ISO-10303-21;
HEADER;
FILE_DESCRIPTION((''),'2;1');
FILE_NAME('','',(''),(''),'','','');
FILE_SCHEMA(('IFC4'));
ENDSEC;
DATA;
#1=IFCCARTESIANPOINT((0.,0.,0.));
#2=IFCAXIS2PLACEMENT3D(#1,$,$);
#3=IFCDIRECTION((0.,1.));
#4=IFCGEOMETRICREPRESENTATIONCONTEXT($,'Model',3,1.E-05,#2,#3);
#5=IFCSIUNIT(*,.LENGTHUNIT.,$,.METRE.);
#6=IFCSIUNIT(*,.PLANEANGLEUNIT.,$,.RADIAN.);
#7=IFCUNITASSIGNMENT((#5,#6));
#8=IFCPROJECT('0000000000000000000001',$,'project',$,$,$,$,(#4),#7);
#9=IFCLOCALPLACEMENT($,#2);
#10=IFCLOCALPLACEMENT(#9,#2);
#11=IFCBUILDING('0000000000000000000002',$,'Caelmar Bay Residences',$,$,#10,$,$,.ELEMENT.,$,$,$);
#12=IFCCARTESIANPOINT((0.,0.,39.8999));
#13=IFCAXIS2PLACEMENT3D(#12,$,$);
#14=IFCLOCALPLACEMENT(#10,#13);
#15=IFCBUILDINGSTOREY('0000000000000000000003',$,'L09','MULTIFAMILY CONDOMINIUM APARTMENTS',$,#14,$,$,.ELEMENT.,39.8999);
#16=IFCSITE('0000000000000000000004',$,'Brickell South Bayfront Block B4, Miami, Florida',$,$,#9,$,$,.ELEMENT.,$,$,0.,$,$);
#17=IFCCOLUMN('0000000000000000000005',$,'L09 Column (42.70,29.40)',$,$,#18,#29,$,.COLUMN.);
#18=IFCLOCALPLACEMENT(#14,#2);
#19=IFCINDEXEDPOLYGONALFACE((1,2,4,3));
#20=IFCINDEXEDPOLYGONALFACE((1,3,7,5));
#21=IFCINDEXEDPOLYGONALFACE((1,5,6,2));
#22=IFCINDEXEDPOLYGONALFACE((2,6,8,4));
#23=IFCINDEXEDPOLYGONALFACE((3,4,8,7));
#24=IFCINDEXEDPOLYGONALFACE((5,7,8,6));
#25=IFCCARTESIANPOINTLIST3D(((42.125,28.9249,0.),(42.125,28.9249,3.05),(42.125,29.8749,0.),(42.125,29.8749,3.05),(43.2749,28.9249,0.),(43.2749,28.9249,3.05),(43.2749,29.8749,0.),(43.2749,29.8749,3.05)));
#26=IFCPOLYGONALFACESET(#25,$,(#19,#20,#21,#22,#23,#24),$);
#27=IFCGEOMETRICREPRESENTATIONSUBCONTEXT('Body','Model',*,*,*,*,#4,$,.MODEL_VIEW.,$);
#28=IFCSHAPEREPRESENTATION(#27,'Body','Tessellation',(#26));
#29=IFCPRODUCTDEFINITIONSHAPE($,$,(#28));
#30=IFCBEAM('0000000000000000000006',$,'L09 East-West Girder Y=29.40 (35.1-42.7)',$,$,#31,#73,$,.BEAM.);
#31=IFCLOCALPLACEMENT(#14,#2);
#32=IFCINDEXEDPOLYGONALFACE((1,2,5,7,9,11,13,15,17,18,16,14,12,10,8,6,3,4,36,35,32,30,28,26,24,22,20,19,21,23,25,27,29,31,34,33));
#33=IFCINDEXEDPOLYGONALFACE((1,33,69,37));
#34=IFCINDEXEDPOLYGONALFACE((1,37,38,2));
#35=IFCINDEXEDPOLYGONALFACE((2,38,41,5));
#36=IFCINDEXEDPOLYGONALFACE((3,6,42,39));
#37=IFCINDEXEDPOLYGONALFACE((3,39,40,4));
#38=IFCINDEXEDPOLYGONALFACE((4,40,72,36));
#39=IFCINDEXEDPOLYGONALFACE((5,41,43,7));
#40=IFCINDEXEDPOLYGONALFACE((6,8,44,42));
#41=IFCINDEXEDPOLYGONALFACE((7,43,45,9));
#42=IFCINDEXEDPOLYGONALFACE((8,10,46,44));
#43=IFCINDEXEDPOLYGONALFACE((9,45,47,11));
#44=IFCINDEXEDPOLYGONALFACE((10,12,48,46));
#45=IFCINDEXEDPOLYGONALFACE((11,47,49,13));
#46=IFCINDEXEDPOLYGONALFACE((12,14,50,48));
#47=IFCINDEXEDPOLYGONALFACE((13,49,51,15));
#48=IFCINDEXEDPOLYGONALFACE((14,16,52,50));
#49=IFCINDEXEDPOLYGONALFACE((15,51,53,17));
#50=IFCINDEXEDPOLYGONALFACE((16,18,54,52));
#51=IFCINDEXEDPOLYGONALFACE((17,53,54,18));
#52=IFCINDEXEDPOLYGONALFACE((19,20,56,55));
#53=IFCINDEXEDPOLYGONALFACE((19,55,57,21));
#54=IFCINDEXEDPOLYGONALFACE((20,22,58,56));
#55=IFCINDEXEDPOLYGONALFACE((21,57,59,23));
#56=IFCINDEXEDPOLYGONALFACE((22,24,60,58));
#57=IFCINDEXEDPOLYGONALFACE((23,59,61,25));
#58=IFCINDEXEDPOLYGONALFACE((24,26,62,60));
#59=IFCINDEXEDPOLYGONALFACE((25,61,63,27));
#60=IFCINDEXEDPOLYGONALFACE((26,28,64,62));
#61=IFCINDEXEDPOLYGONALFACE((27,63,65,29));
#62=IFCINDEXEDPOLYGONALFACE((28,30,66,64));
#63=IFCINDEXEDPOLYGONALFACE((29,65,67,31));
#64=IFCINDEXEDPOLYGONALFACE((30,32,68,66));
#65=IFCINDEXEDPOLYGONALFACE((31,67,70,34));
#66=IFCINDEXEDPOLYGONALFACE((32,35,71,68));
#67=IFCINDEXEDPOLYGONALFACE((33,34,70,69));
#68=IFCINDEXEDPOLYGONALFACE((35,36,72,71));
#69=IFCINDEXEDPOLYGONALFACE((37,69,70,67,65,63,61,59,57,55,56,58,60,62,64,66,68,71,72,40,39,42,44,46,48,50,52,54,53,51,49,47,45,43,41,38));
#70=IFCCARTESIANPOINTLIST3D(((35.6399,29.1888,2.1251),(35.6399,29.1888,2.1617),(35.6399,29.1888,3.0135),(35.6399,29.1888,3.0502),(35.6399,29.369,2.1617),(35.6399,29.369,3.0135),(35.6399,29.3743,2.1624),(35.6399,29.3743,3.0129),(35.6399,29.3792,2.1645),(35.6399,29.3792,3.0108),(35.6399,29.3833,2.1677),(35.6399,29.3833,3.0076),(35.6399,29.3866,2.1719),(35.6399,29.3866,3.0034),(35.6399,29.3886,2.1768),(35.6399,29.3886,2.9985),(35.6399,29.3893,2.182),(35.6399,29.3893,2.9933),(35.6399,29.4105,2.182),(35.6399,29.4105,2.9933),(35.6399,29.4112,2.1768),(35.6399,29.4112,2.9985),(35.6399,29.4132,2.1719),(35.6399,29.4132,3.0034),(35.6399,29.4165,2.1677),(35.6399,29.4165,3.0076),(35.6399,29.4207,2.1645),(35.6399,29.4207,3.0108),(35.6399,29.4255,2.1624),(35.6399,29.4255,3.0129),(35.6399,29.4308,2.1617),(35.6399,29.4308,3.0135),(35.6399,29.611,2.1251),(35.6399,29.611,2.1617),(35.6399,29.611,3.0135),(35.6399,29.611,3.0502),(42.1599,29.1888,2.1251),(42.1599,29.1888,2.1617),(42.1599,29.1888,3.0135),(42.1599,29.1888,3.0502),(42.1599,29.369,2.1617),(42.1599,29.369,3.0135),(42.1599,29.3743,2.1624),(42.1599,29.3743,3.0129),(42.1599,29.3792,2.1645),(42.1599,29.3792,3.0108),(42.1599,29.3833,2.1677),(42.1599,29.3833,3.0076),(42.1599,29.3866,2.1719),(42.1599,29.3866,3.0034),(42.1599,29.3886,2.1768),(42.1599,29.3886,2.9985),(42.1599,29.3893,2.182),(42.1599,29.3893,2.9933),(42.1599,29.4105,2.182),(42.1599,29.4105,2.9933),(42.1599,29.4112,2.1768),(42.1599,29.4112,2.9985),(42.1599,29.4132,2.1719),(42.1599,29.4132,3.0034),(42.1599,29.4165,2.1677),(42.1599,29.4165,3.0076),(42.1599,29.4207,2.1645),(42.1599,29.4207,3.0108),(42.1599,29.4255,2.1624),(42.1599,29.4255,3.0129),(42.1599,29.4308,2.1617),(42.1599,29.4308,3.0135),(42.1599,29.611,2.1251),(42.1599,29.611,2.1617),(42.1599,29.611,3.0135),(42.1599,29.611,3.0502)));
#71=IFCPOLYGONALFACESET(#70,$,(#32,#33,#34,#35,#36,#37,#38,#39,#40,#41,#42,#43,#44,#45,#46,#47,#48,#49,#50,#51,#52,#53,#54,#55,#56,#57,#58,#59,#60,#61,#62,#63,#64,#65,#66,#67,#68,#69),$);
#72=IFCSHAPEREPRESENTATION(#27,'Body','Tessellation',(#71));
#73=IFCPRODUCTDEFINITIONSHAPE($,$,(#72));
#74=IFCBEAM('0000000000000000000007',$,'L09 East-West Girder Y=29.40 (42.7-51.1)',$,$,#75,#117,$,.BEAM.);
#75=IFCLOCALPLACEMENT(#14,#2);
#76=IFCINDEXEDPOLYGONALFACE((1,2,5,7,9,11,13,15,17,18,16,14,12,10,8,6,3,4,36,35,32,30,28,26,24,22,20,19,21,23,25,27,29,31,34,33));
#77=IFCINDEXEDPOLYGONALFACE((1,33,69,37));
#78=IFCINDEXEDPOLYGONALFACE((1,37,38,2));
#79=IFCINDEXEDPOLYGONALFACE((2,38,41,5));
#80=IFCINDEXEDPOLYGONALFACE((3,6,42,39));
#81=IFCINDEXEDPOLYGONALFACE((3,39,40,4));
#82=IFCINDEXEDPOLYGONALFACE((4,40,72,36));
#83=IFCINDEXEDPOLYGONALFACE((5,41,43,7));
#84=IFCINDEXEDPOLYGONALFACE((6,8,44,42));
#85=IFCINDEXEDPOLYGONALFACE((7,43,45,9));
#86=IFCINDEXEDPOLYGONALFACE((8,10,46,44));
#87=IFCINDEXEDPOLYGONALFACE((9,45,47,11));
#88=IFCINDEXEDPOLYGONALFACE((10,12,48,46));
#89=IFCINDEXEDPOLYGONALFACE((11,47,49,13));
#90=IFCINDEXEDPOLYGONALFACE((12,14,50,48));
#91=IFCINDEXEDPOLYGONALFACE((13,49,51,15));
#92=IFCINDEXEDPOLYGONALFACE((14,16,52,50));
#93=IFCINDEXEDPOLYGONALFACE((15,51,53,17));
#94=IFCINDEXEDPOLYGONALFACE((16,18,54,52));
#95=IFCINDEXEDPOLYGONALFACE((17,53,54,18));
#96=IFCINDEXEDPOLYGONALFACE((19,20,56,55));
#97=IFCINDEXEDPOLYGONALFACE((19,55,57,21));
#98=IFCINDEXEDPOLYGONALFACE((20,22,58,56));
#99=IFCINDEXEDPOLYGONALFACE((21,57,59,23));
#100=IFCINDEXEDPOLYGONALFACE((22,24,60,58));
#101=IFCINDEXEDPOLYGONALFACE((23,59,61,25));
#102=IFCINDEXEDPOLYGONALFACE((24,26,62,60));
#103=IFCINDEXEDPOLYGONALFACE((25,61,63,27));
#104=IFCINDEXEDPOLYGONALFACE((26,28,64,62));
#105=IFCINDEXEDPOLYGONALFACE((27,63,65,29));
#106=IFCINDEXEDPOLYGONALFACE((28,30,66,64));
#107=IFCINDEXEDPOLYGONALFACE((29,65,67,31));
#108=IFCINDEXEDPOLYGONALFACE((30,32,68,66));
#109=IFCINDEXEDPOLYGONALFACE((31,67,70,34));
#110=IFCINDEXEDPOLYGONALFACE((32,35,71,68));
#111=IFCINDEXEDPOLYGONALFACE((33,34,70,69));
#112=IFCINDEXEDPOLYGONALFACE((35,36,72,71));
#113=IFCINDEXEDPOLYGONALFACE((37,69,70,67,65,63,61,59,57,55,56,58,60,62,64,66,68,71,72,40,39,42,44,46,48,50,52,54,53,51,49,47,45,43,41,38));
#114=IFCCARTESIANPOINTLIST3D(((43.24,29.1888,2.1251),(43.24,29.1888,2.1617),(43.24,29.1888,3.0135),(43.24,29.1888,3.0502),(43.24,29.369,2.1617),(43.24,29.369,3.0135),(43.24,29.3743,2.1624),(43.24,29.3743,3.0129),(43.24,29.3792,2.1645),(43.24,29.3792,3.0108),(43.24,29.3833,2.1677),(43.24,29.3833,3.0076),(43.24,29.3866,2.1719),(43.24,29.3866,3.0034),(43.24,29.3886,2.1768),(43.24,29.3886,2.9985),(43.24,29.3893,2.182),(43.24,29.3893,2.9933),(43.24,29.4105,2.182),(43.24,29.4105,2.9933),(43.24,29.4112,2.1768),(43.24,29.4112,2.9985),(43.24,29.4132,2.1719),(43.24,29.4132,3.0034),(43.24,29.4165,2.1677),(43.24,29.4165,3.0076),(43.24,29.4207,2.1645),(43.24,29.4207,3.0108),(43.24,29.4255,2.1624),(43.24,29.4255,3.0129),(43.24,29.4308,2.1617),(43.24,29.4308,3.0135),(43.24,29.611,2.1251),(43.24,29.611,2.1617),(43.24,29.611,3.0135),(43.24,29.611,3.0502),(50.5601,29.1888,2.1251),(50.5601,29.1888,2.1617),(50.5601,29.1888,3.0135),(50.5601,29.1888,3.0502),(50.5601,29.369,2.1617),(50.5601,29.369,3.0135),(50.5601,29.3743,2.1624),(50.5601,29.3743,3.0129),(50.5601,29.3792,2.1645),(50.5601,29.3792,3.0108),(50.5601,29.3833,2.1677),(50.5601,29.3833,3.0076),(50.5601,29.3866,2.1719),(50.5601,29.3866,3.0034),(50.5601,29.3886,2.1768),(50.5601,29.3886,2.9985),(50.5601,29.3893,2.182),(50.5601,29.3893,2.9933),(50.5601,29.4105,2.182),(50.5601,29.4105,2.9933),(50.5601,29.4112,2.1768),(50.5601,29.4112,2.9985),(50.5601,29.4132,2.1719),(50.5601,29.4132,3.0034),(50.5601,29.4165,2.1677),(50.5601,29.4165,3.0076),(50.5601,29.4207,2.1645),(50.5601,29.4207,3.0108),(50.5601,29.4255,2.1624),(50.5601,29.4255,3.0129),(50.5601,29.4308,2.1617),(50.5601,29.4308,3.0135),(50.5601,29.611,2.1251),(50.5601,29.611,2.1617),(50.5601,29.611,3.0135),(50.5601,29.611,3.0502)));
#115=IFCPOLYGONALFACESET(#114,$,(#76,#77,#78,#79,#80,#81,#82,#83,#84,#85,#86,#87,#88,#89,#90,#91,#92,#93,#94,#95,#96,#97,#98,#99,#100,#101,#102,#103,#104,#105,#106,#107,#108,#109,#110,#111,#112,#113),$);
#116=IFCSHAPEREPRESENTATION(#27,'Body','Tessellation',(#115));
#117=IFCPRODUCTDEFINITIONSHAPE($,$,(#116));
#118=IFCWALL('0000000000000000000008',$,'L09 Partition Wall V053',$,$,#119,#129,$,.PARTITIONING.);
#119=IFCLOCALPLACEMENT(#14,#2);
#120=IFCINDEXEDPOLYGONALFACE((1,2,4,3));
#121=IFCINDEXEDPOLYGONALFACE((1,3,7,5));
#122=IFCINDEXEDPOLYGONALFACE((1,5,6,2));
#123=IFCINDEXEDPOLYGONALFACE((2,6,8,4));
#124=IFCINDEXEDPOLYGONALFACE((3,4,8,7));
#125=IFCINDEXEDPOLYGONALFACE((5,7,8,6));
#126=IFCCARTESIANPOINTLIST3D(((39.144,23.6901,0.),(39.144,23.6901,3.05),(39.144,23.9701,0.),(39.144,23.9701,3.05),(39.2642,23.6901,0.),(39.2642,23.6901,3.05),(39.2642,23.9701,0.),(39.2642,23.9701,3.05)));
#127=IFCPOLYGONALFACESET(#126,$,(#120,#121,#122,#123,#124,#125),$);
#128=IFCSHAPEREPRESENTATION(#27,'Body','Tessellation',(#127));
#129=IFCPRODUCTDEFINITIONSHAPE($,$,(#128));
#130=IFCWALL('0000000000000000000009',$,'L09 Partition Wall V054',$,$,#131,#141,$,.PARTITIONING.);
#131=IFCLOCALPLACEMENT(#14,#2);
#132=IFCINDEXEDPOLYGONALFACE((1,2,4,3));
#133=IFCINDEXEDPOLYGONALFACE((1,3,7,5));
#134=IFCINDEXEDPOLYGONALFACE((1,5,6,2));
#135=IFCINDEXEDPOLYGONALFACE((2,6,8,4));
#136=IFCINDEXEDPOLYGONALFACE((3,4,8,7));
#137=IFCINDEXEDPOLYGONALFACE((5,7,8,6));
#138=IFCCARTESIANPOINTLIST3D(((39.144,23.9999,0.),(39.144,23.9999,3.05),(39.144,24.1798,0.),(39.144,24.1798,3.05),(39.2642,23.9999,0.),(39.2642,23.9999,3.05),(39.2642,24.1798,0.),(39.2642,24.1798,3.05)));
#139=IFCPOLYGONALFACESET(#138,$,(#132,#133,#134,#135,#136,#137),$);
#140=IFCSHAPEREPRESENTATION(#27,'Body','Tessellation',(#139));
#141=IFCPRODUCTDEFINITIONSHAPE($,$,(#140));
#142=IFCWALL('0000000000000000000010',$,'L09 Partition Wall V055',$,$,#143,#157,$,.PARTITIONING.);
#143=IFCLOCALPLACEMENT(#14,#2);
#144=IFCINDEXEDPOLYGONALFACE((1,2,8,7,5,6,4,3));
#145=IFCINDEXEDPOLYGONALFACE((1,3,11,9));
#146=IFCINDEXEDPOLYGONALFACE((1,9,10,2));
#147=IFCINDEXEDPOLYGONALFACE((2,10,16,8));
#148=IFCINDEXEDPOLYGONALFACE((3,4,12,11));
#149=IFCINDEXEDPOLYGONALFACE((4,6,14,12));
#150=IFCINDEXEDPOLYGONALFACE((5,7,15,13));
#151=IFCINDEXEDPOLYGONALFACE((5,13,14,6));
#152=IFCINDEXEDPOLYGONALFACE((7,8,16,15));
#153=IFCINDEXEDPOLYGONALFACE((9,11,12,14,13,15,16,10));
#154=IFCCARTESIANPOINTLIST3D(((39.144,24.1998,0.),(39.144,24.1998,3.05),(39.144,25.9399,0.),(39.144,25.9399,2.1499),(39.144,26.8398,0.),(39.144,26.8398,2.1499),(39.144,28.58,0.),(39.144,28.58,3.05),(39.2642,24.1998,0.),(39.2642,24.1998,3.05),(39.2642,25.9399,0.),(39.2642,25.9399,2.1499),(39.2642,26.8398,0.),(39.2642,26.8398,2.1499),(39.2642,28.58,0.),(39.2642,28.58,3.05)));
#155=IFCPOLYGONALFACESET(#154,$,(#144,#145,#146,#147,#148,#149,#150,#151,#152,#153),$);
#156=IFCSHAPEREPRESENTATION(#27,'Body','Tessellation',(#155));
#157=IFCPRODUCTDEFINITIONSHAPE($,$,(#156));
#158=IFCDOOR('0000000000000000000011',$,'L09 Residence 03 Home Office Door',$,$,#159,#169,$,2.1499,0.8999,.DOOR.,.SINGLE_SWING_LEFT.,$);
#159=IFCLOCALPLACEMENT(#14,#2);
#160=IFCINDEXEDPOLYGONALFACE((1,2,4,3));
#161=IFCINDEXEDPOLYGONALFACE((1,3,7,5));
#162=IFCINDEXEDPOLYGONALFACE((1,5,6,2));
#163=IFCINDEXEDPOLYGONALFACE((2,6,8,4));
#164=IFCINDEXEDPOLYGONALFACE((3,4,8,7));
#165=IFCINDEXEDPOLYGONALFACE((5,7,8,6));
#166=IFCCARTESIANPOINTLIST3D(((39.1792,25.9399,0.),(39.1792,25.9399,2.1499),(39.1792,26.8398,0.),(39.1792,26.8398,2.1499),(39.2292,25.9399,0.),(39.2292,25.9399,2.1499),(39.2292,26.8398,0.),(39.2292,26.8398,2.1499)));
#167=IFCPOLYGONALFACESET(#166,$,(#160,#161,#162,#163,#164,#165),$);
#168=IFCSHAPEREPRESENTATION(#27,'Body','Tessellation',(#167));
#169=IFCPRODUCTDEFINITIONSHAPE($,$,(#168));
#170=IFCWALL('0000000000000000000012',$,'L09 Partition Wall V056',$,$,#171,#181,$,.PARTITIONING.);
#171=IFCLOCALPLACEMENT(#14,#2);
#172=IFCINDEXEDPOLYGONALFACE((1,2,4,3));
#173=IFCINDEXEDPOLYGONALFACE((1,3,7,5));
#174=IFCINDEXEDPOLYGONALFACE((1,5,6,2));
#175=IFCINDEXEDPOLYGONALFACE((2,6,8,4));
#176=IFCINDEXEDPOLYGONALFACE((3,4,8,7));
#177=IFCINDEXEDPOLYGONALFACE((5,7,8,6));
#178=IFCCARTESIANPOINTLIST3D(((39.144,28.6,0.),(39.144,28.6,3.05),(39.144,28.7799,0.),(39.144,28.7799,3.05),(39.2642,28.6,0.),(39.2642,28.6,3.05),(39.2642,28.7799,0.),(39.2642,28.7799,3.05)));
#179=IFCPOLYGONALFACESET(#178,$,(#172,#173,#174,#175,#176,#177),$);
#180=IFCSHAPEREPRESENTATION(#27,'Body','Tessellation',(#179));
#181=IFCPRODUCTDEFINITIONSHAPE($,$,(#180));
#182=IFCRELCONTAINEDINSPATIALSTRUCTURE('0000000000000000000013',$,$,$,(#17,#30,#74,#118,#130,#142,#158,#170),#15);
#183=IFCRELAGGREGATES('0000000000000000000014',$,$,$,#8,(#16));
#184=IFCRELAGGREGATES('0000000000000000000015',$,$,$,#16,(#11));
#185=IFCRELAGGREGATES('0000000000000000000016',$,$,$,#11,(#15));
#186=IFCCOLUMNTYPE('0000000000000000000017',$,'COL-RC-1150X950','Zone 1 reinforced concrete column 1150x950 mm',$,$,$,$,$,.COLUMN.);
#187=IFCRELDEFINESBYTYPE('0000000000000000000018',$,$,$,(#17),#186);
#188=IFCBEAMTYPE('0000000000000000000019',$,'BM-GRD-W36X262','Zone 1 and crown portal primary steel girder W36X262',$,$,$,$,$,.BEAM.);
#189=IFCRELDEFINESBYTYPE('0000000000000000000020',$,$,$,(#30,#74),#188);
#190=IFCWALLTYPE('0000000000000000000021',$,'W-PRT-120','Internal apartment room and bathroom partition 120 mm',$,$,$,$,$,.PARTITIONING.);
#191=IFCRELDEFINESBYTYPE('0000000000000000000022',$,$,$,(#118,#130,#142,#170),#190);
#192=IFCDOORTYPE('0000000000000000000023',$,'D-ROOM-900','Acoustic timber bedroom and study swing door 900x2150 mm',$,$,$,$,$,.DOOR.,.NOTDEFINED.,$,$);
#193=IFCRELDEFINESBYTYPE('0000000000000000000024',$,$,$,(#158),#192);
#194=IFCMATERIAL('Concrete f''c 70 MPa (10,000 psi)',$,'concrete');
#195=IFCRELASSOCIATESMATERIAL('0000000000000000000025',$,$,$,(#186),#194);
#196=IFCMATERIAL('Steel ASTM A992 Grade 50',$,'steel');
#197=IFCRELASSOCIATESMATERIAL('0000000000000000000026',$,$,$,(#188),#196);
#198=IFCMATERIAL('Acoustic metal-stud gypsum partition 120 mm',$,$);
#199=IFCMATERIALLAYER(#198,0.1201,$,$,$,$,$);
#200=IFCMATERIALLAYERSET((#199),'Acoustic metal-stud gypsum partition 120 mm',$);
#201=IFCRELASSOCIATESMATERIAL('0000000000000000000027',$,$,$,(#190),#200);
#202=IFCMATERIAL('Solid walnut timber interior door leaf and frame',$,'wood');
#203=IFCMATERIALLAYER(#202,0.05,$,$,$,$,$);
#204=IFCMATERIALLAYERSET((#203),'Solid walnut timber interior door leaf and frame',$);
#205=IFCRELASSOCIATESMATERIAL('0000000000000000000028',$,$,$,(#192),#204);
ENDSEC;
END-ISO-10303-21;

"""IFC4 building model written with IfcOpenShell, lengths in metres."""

from ifc_helpers import new_model, si_unit, direction, frame, frame_2d, origin, origin_2d, place, context, subcontext, project, spatial, rectangle, i_section, extrude, material, layer, layer_set, material_profile, profile_set, type_object, element, fill, save


model = new_model("IFC4")

# Units and contexts
model_context = context("Model", 3, precision=1e-05, world=origin(), true_north=direction((0.0, 1.0)))
body_context = subcontext(model_context, "Body", "Model", "MODEL_VIEW")
ifc_project = project(units=[si_unit("LENGTHUNIT", "METRE"), si_unit("PLANEANGLEUNIT", "RADIAN")], contexts=[model_context])

# Site, building, storey
site_placement = place(None, origin())
site = spatial("IfcSite", under=ifc_project, at=site_placement, Name="Brickell South Bayfront Block B4, Miami, Florida", CompositionType="ELEMENT", RefElevation=0.0)
building_placement = place(site_placement, origin())
building = spatial("IfcBuilding", under=site, at=building_placement, Name="Caelmar Bay Residences", CompositionType="ELEMENT")
storey_placement = place(building_placement, frame((0.0, 0.0, 39.8999)))
storey = spatial("IfcBuildingStorey", under=building, at=storey_placement, Name="L09", Description="MULTIFAMILY CONDOMINIUM APARTMENTS", CompositionType="ELEMENT", Elevation=39.8999)

# Column
ifc_material_1 = material(Name="Concrete f'c 70 MPa (10,000 psi)", Category="concrete")
ifc_material_profile_1 = material_profile(ifc_material_1, rectangle(XDim=1.1499, YDim=0.95, at=origin_2d()), Name="RC-COL-1150X950")
ifc_profile_set_1 = profile_set([ifc_material_profile_1], Name="Concrete f'c 70 MPa (10,000 psi)")
column_type = type_object("IfcColumnType", Name="COL-RC-1150X950", Description="Zone 1 reinforced concrete column 1150x950 mm", PredefinedType="COLUMN", material=ifc_profile_set_1)
column_placement = place(storey_placement, frame((42.7, 29.3999, 0.0), z_axis=(0.0, 0.0, 1.0), x_axis=(1.0, 0.0, 0.0)))
element("IfcColumn", 1, at=column_placement, inside=storey, type_object=column_type, Name="L09 Column (42.70,29.40)", PredefinedType="COLUMN", context=body_context, shape_type="SweptSolid", body=[
    extrude(rectangle(XDim=1.1499, YDim=0.95, at=origin_2d()), origin(), (0.0, 0.0, 1.0), 3.05),
])

# Beams
ifc_material_2 = material(Name="Steel ASTM A992 Grade 50", Category="steel")
ifc_material_profile_2 = material_profile(ifc_material_2, i_section(OverallWidth=0.4221, OverallDepth=0.925, WebThickness=0.0212, FlangeThickness=0.0366, FilletRadius=0.0203, at=origin_2d()), Name="W36X262")
ifc_profile_set_2 = profile_set([ifc_material_profile_2], Name="Steel ASTM A992 Grade 50")
beam_type = type_object("IfcBeamType", Name="BM-GRD-W36X262", Description="Zone 1 and crown portal primary steel girder W36X262", PredefinedType="BEAM", material=ifc_profile_set_2)
beam_1_placement = place(storey_placement, frame((35.6399, 29.3999, 2.5876), z_axis=(1.0, 0.0, 0.0), x_axis=(0.0, 1.0, 0.0)))
element("IfcBeam", 2, at=beam_1_placement, inside=storey, type_object=beam_type, Name="L09 East-West Girder Y=29.40 (35.1-42.7)", PredefinedType="BEAM", context=body_context, shape_type="SweptSolid", body=[
    extrude(i_section(OverallWidth=0.4221, OverallDepth=0.925, WebThickness=0.0212, FlangeThickness=0.0366, FilletRadius=0.0203, at=origin_2d()), origin(), (0.0, 0.0, 1.0), 6.52),
])
beam_2_placement = place(storey_placement, frame((43.24, 29.3999, 2.5876), z_axis=(1.0, 0.0, 0.0), x_axis=(0.0, 1.0, 0.0)))
element("IfcBeam", 3, at=beam_2_placement, inside=storey, type_object=beam_type, Name="L09 East-West Girder Y=29.40 (42.7-51.1)", PredefinedType="BEAM", context=body_context, shape_type="SweptSolid", body=[
    extrude(i_section(OverallWidth=0.4221, OverallDepth=0.925, WebThickness=0.0212, FlangeThickness=0.0366, FilletRadius=0.0203, at=origin_2d()), origin(), (0.0, 0.0, 1.0), 7.3201),
])

# Walls
ifc_material_3 = material(Name="Acoustic metal-stud gypsum partition 120 mm")
ifc_layer_1 = layer(ifc_material_3, 0.1201)
ifc_layer_set_1 = layer_set([ifc_layer_1], Name="Acoustic metal-stud gypsum partition 120 mm")
wall_type_1 = type_object("IfcWallType", Name="W-PRT-120", Description="Internal apartment room and bathroom partition 120 mm", PredefinedType="PARTITIONING", material=ifc_layer_set_1)
wall_1_placement = place(storey_placement, frame((39.2041, 23.6899, 0.0), z_axis=(0.0, 0.0, 1.0), x_axis=(0.0, 1.0, 0.0)))
element("IfcWall", 4, at=wall_1_placement, inside=storey, type_object=wall_type_1, Name="L09 Partition Wall V053", PredefinedType="PARTITIONING", context=body_context, shape_type="SweptSolid", body=[
    extrude(rectangle(XDim=0.28, YDim=0.1201, at=frame_2d((0.1401, 0.0))), origin(), (0.0, 0.0, 1.0), 3.05),
])
wall_2_placement = place(storey_placement, frame((39.2041, 24.0, 0.0), z_axis=(0.0, 0.0, 1.0), x_axis=(0.0, 1.0, 0.0)))
element("IfcWall", 5, at=wall_2_placement, inside=storey, type_object=wall_type_1, Name="L09 Partition Wall V054", PredefinedType="PARTITIONING", context=body_context, shape_type="SweptSolid", body=[
    extrude(rectangle(XDim=0.1799, YDim=0.1201, at=frame_2d((0.0898, 0.0))), origin(), (0.0, 0.0, 1.0), 3.05),
])

# Wall, opening, door
wall_3_placement = place(storey_placement, frame((39.2041, 24.2, 0.0), z_axis=(0.0, 0.0, 1.0), x_axis=(0.0, 1.0, 0.0)))
wall_3 = element("IfcWall", 6, at=wall_3_placement, inside=storey, type_object=wall_type_1, Name="L09 Partition Wall V055", PredefinedType="PARTITIONING", context=body_context, shape_type="SweptSolid", body=[
    extrude(rectangle(XDim=4.3801, YDim=0.1201, at=frame_2d((2.1899, 0.0))), origin(), (0.0, 0.0, 1.0), 3.05),
])
opening_1_placement = place(wall_3_placement, frame((1.74, 0.0, 0.0)))
opening_1 = element("IfcOpeningElement", 7, at=opening_1_placement, cuts=wall_3, PredefinedType="OPENING", context=body_context, shape_type="SweptSolid", body=[
    extrude(rectangle(XDim=0.8999, YDim=2.1499, at=frame_2d((0.45, 1.075))), frame((0.0, 0.0701, 0.0), z_axis=(0.0, -1.0, 0.0), x_axis=(1.0, 0.0, 0.0)), (0.0, 0.0, 1.0), 0.1401),
])
ifc_material_4 = material(Name="Solid walnut timber interior door leaf and frame", Category="wood")
ifc_layer_2 = layer(ifc_material_4, 0.05)
ifc_layer_set_2 = layer_set([ifc_layer_2], Name="Solid walnut timber interior door leaf and frame")
door_type_1 = type_object("IfcDoorType", Name="D-ROOM-900", Description="Acoustic timber bedroom and study swing door 900x2150 mm", OperationType="NOTDEFINED", PredefinedType="DOOR", material=ifc_layer_set_2)
door_1_placement = place(opening_1_placement, origin())
door_1 = element("IfcDoor", 8, at=door_1_placement, inside=storey, type_object=door_type_1, Name="L09 Residence 03 Home Office Door", OperationType="SINGLE_SWING_LEFT", OverallHeight=2.1499, OverallWidth=0.8999, PredefinedType="DOOR", context=body_context, shape_type="SweptSolid", body=[
    extrude(rectangle(XDim=0.8999, YDim=2.1499, at=frame_2d((0.45, 1.075))), frame((0.0, 0.0249, 0.0), z_axis=(0.0, -1.0, 0.0), x_axis=(1.0, 0.0, 0.0)), (0.0, 0.0, 1.0), 0.05),
])
fill(opening_1, door_1)

# Wall
wall_4_placement = place(storey_placement, frame((39.2041, 28.6001, 0.0), z_axis=(0.0, 0.0, 1.0), x_axis=(0.0, 1.0, 0.0)))
element("IfcWall", 9, at=wall_4_placement, inside=storey, type_object=wall_type_1, Name="L09 Partition Wall V056", PredefinedType="PARTITIONING", context=body_context, shape_type="SweptSolid", body=[
    extrude(rectangle(XDim=0.1799, YDim=0.1201, at=frame_2d((0.0898, 0.0))), origin(), (0.0, 0.0, 1.0), 3.05),
])

save(model, "model.ifc")
